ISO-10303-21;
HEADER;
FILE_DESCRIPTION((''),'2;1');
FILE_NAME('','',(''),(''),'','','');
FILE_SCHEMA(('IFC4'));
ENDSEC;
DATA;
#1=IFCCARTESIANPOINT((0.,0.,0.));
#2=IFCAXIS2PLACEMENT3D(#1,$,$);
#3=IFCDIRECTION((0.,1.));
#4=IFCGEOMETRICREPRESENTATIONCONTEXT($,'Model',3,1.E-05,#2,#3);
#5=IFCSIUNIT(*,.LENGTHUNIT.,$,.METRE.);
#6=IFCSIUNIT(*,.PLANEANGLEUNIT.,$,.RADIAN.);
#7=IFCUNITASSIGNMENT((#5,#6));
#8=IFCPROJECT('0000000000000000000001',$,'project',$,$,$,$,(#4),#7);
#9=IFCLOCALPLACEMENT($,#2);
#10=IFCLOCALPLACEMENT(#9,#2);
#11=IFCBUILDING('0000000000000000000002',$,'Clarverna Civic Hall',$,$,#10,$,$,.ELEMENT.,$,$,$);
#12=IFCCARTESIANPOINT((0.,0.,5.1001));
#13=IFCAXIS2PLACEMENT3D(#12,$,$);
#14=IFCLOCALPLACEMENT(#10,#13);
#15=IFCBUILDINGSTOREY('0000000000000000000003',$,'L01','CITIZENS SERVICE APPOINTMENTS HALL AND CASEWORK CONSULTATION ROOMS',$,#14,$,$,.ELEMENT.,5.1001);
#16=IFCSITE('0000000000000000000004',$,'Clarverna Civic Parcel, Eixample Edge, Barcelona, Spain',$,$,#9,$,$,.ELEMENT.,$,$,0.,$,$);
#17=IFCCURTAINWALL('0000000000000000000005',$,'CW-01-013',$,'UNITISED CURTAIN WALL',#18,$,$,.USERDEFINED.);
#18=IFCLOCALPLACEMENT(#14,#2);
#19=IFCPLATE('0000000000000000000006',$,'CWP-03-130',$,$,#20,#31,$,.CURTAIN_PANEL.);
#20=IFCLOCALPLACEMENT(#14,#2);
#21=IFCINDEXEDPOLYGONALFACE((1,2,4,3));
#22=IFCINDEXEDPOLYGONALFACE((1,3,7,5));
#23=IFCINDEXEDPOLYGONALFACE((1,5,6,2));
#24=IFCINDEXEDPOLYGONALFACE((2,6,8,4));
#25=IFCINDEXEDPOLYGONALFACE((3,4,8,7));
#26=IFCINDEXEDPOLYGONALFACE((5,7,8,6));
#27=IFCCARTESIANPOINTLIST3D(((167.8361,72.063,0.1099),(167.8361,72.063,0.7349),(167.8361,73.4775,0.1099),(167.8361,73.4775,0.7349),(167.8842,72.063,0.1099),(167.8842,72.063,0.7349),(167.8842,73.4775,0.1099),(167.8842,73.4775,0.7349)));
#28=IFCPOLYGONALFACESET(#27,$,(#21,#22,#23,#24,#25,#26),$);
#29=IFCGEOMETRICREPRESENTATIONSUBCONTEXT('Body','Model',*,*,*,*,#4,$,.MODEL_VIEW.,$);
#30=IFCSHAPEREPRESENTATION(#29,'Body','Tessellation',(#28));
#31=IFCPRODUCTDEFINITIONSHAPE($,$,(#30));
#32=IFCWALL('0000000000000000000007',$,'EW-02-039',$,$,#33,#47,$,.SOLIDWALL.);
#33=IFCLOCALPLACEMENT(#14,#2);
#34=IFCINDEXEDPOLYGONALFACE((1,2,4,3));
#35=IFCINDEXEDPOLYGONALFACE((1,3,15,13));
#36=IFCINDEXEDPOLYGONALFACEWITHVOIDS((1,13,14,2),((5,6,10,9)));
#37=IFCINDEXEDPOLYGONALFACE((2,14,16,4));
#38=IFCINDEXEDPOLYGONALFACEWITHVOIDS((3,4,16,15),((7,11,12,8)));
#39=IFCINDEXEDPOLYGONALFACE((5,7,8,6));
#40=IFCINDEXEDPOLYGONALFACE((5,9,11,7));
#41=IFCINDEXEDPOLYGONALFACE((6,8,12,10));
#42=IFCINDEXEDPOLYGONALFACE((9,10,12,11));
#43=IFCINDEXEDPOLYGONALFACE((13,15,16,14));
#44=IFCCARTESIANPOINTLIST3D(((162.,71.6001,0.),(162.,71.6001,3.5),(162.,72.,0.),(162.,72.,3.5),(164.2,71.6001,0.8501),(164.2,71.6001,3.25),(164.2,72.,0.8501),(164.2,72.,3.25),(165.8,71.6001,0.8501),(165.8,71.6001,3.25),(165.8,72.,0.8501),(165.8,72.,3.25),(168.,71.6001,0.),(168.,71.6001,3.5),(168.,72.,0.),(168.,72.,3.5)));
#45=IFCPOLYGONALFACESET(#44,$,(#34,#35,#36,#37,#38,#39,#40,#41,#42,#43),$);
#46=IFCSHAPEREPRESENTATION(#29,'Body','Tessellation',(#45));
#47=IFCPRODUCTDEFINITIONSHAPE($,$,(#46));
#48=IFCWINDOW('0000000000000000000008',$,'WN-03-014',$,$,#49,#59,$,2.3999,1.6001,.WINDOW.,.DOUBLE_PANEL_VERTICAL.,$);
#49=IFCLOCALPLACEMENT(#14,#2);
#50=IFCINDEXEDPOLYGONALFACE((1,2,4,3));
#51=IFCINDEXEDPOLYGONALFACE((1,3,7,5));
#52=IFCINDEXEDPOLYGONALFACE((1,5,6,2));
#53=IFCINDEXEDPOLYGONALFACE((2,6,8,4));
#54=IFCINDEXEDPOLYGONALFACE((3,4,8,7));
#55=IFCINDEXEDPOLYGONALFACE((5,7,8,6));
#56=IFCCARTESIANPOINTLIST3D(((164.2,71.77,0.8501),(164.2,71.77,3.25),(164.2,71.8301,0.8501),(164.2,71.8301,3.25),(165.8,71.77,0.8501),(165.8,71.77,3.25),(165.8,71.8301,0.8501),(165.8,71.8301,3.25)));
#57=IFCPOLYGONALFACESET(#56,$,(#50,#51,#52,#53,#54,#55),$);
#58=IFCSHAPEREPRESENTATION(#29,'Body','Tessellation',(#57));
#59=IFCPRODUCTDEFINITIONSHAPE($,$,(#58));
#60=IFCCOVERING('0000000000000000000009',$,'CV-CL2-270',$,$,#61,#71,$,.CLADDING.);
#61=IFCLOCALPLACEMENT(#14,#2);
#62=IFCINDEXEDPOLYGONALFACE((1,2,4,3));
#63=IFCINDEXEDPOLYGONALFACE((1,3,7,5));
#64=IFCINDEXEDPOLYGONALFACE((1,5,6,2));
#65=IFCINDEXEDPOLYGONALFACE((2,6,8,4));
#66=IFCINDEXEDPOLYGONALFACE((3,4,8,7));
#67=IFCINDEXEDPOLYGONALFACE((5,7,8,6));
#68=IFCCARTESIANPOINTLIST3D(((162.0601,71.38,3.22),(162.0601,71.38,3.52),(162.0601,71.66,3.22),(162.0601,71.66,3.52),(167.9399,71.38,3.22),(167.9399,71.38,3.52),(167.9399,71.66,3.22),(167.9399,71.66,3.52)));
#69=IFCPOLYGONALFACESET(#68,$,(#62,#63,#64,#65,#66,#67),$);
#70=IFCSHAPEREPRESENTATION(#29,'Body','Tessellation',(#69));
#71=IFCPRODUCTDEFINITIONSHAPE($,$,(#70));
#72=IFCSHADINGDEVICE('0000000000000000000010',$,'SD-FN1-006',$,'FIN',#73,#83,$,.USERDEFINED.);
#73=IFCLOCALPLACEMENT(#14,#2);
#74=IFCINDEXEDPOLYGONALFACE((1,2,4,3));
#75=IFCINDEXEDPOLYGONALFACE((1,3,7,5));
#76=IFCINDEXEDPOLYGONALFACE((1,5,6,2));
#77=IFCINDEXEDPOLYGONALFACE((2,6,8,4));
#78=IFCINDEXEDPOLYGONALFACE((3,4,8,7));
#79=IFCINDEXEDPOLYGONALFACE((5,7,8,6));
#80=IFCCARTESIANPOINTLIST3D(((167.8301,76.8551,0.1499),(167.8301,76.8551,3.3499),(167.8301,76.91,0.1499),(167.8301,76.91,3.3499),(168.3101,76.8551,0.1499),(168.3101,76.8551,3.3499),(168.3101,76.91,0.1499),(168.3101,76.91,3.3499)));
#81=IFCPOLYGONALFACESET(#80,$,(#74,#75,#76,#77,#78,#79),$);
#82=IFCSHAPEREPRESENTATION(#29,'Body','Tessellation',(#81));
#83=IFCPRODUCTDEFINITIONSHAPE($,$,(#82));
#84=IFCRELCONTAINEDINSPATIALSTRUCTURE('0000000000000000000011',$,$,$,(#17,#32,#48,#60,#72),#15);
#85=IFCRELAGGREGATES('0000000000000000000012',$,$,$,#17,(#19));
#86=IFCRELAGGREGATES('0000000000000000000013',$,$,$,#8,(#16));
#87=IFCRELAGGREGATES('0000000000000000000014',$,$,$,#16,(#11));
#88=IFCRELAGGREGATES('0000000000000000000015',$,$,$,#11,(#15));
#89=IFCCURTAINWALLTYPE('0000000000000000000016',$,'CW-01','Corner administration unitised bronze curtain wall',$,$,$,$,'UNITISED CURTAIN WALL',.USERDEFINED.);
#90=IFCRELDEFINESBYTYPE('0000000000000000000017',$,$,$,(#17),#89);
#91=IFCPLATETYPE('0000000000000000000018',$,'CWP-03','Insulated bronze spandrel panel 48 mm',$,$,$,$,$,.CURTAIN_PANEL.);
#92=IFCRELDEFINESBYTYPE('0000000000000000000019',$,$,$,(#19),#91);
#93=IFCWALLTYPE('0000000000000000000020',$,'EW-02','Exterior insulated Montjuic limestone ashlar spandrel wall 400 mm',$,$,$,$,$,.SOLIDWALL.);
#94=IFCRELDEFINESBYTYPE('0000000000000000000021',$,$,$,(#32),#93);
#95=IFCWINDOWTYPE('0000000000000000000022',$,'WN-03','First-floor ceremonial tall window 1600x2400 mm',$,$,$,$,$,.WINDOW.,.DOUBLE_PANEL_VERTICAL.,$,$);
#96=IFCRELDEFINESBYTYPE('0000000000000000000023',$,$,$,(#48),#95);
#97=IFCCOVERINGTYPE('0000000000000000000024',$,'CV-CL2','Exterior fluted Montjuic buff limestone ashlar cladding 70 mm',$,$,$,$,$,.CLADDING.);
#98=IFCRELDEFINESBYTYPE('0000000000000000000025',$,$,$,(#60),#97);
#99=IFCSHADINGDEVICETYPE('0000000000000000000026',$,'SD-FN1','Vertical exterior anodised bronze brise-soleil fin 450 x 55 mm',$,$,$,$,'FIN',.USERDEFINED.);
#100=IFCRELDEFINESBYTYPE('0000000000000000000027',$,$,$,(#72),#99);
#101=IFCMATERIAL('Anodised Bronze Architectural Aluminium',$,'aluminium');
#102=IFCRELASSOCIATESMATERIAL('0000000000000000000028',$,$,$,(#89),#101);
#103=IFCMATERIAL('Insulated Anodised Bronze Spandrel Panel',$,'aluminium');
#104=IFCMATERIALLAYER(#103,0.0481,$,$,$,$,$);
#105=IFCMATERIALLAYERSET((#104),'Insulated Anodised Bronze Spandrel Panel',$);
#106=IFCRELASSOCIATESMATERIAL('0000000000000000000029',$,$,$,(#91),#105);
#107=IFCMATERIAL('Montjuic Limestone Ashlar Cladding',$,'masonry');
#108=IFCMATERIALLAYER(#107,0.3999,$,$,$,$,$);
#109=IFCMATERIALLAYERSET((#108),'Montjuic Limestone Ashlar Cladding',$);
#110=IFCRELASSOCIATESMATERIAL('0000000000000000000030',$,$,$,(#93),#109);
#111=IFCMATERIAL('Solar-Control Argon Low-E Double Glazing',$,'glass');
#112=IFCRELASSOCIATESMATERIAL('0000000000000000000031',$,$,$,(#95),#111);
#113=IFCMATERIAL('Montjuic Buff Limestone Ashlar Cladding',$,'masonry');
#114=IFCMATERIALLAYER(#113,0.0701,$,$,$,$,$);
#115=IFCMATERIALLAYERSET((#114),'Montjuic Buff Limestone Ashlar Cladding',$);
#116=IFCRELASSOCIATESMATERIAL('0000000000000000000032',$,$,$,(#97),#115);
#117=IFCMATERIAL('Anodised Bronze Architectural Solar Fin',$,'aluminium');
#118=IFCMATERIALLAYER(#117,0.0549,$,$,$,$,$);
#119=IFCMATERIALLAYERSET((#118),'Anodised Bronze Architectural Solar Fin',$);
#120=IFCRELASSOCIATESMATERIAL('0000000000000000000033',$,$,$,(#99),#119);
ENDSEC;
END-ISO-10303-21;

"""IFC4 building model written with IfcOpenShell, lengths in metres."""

from ifc_helpers import new_model, si_unit, direction, frame, frame_2d, origin, place, context, subcontext, project, spatial, rectangle, extrude, material, layer, layer_set, type_object, element, fill, aggregate, save


model = new_model("IFC4")

# Units and contexts
model_context = context("Model", 3, precision=1e-05, world=origin(), true_north=direction((0.0, 1.0)))
body_context = subcontext(model_context, "Body", "Model", "MODEL_VIEW")
ifc_project = project(units=[si_unit("LENGTHUNIT", "METRE"), si_unit("PLANEANGLEUNIT", "RADIAN")], contexts=[model_context])

# Site, building, storey
site_placement = place(None, origin())
site = spatial("IfcSite", under=ifc_project, at=site_placement, Name="Clarverna Civic Parcel, Eixample Edge, Barcelona, Spain", CompositionType="ELEMENT", RefElevation=0.0)
building_placement = place(site_placement, origin())
building = spatial("IfcBuilding", under=site, at=building_placement, Name="Clarverna Civic Hall", CompositionType="ELEMENT")
storey_placement = place(building_placement, frame((0.0, 0.0, 5.1001)))
storey = spatial("IfcBuildingStorey", under=building, at=storey_placement, Name="L01", Description="CITIZENS SERVICE APPOINTMENTS HALL AND CASEWORK CONSULTATION ROOMS", CompositionType="ELEMENT", Elevation=5.1001)

# Curtain wall
ifc_material_1 = material(Name="Anodised Bronze Architectural Aluminium", Category="aluminium")
curtain_wall_type = type_object("IfcCurtainWallType", Name="CW-01", Description="Corner administration unitised bronze curtain wall", ElementType="UNITISED CURTAIN WALL", PredefinedType="USERDEFINED", material=ifc_material_1)
curtain_wall_1_placement = place(storey_placement, origin())
curtain_wall_1 = element("IfcCurtainWall", 1, at=curtain_wall_1_placement, inside=storey, type_object=curtain_wall_type, Name="CW-01-013", ObjectType="UNITISED CURTAIN WALL", PredefinedType="USERDEFINED")

# Plate
ifc_material_2 = material(Name="Solar-Control Argon Low-E Double Glazing", Category="glass")
ifc_material_3 = material(Name="Insulated Anodised Bronze Spandrel Panel", Category="aluminium")
ifc_layer_1 = layer(ifc_material_3, 0.0481)
ifc_layer_set_1 = layer_set([ifc_layer_1], Name="Insulated Anodised Bronze Spandrel Panel")
plate_type_1 = type_object("IfcPlateType", Name="CWP-03", Description="Insulated bronze spandrel panel 48 mm", PredefinedType="CURTAIN_PANEL", material=ifc_layer_set_1)
plate_1_placement = place(storey_placement, frame((167.8601, 73.4775, 0.1099), z_axis=(0.0, 0.0, 1.0), x_axis=(0.0, -1.0, 0.0)))
plate_1 = element("IfcPlate", 2, at=plate_1_placement, type_object=plate_type_1, Name="CWP-03-130", PredefinedType="CURTAIN_PANEL", context=body_context, shape_type="SweptSolid", body=[
    extrude(rectangle(XDim=1.4146, YDim=0.0481, at=frame_2d((0.7073, 0.0))), origin(), (0.0, 0.0, 1.0), 0.625),
])
aggregate(curtain_wall_1, [plate_1])

# Wall, opening, window
ifc_material_4 = material(Name="Montjuic Limestone Ashlar Cladding", Category="masonry")
ifc_layer_2 = layer(ifc_material_4, 0.3999)
ifc_layer_set_2 = layer_set([ifc_layer_2], Name="Montjuic Limestone Ashlar Cladding")
wall_type = type_object("IfcWallType", Name="EW-02", Description="Exterior insulated Montjuic limestone ashlar spandrel wall 400 mm", PredefinedType="SOLIDWALL", material=ifc_layer_set_2)
wall_placement = place(storey_placement, frame((168.0, 71.8, 0.0), z_axis=(0.0, 0.0, 1.0), x_axis=(-1.0, 0.0, 0.0)))
wall = element("IfcWall", 3, at=wall_placement, inside=storey, type_object=wall_type, Name="EW-02-039", PredefinedType="SOLIDWALL", context=body_context, shape_type="SweptSolid", body=[
    extrude(rectangle(XDim=6.0, YDim=0.3999, at=frame_2d((3.0, 0.0))), origin(), (0.0, 0.0, 1.0), 3.5),
])
opening_placement = place(wall_placement, frame((2.2, 0.0, 0.8501)))
opening = element("IfcOpeningElement", 4, at=opening_placement, cuts=wall, PredefinedType="OPENING", context=body_context, shape_type="SweptSolid", body=[
    extrude(rectangle(XDim=1.6001, YDim=2.3999, at=frame_2d((0.8, 1.2))), frame((0.0, 0.21, 0.0), z_axis=(0.0, -1.0, 0.0), x_axis=(1.0, 0.0, 0.0)), (0.0, 0.0, 1.0), 0.4199),
])
window_type = type_object("IfcWindowType", Name="WN-03", Description="First-floor ceremonial tall window 1600x2400 mm", PartitioningType="DOUBLE_PANEL_VERTICAL", PredefinedType="WINDOW", material=ifc_material_2)
window_placement = place(opening_placement, origin())
window = element("IfcWindow", 5, at=window_placement, inside=storey, type_object=window_type, Name="WN-03-014", OverallHeight=2.3999, OverallWidth=1.6001, PartitioningType="DOUBLE_PANEL_VERTICAL", PredefinedType="WINDOW", context=body_context, shape_type="SweptSolid", body=[
    extrude(rectangle(XDim=1.6001, YDim=2.3999, at=frame_2d((0.8, 1.2))), frame((0.0, 0.03, 0.0), z_axis=(0.0, -1.0, 0.0), x_axis=(1.0, 0.0, 0.0)), (0.0, 0.0, 1.0), 0.0601),
])
fill(opening, window)

# Covering
ifc_material_5 = material(Name="Montjuic Buff Limestone Ashlar Cladding", Category="masonry")
ifc_layer_3 = layer(ifc_material_5, 0.0701)
ifc_layer_set_3 = layer_set([ifc_layer_3], Name="Montjuic Buff Limestone Ashlar Cladding")
covering_type = type_object("IfcCoveringType", Name="CV-CL2", Description="Exterior fluted Montjuic buff limestone ashlar cladding 70 mm", PredefinedType="CLADDING", material=ifc_layer_set_3)
covering_placement = place(storey_placement, frame((167.9399, 71.52, 3.22), z_axis=(0.0, 0.0, 1.0), x_axis=(-1.0, 0.0, 0.0)))
element("IfcCovering", 6, at=covering_placement, inside=storey, type_object=covering_type, Name="CV-CL2-270", PredefinedType="CLADDING", context=body_context, shape_type="SweptSolid", body=[
    extrude(rectangle(XDim=5.8799, YDim=0.28, at=frame_2d((2.9399, 0.0))), origin(), (0.0, 0.0, 1.0), 0.3),
])

# Shading device
ifc_material_6 = material(Name="Anodised Bronze Architectural Solar Fin", Category="aluminium")
ifc_layer_4 = layer(ifc_material_6, 0.0549)
ifc_layer_set_4 = layer_set([ifc_layer_4], Name="Anodised Bronze Architectural Solar Fin")
shading_device_type = type_object("IfcShadingDeviceType", Name="SD-FN1", Description="Vertical exterior anodised bronze brise-soleil fin 450 x 55 mm", ElementType="FIN", PredefinedType="USERDEFINED", material=ifc_layer_set_4)
shading_device_placement = place(storey_placement, frame((167.8301, 76.8826, 0.1499), z_axis=(0.0, 0.0, 1.0), x_axis=(1.0, 0.0, 0.0)))
element("IfcShadingDevice", 7, at=shading_device_placement, inside=storey, type_object=shading_device_type, Name="SD-FN1-006", ObjectType="FIN", PredefinedType="USERDEFINED", context=body_context, shape_type="SweptSolid", body=[
    extrude(rectangle(XDim=0.48, YDim=0.0549, at=frame_2d((0.24, 0.0))), origin(), (0.0, 0.0, 1.0), 3.2),
])

save(model, "model.ifc")
